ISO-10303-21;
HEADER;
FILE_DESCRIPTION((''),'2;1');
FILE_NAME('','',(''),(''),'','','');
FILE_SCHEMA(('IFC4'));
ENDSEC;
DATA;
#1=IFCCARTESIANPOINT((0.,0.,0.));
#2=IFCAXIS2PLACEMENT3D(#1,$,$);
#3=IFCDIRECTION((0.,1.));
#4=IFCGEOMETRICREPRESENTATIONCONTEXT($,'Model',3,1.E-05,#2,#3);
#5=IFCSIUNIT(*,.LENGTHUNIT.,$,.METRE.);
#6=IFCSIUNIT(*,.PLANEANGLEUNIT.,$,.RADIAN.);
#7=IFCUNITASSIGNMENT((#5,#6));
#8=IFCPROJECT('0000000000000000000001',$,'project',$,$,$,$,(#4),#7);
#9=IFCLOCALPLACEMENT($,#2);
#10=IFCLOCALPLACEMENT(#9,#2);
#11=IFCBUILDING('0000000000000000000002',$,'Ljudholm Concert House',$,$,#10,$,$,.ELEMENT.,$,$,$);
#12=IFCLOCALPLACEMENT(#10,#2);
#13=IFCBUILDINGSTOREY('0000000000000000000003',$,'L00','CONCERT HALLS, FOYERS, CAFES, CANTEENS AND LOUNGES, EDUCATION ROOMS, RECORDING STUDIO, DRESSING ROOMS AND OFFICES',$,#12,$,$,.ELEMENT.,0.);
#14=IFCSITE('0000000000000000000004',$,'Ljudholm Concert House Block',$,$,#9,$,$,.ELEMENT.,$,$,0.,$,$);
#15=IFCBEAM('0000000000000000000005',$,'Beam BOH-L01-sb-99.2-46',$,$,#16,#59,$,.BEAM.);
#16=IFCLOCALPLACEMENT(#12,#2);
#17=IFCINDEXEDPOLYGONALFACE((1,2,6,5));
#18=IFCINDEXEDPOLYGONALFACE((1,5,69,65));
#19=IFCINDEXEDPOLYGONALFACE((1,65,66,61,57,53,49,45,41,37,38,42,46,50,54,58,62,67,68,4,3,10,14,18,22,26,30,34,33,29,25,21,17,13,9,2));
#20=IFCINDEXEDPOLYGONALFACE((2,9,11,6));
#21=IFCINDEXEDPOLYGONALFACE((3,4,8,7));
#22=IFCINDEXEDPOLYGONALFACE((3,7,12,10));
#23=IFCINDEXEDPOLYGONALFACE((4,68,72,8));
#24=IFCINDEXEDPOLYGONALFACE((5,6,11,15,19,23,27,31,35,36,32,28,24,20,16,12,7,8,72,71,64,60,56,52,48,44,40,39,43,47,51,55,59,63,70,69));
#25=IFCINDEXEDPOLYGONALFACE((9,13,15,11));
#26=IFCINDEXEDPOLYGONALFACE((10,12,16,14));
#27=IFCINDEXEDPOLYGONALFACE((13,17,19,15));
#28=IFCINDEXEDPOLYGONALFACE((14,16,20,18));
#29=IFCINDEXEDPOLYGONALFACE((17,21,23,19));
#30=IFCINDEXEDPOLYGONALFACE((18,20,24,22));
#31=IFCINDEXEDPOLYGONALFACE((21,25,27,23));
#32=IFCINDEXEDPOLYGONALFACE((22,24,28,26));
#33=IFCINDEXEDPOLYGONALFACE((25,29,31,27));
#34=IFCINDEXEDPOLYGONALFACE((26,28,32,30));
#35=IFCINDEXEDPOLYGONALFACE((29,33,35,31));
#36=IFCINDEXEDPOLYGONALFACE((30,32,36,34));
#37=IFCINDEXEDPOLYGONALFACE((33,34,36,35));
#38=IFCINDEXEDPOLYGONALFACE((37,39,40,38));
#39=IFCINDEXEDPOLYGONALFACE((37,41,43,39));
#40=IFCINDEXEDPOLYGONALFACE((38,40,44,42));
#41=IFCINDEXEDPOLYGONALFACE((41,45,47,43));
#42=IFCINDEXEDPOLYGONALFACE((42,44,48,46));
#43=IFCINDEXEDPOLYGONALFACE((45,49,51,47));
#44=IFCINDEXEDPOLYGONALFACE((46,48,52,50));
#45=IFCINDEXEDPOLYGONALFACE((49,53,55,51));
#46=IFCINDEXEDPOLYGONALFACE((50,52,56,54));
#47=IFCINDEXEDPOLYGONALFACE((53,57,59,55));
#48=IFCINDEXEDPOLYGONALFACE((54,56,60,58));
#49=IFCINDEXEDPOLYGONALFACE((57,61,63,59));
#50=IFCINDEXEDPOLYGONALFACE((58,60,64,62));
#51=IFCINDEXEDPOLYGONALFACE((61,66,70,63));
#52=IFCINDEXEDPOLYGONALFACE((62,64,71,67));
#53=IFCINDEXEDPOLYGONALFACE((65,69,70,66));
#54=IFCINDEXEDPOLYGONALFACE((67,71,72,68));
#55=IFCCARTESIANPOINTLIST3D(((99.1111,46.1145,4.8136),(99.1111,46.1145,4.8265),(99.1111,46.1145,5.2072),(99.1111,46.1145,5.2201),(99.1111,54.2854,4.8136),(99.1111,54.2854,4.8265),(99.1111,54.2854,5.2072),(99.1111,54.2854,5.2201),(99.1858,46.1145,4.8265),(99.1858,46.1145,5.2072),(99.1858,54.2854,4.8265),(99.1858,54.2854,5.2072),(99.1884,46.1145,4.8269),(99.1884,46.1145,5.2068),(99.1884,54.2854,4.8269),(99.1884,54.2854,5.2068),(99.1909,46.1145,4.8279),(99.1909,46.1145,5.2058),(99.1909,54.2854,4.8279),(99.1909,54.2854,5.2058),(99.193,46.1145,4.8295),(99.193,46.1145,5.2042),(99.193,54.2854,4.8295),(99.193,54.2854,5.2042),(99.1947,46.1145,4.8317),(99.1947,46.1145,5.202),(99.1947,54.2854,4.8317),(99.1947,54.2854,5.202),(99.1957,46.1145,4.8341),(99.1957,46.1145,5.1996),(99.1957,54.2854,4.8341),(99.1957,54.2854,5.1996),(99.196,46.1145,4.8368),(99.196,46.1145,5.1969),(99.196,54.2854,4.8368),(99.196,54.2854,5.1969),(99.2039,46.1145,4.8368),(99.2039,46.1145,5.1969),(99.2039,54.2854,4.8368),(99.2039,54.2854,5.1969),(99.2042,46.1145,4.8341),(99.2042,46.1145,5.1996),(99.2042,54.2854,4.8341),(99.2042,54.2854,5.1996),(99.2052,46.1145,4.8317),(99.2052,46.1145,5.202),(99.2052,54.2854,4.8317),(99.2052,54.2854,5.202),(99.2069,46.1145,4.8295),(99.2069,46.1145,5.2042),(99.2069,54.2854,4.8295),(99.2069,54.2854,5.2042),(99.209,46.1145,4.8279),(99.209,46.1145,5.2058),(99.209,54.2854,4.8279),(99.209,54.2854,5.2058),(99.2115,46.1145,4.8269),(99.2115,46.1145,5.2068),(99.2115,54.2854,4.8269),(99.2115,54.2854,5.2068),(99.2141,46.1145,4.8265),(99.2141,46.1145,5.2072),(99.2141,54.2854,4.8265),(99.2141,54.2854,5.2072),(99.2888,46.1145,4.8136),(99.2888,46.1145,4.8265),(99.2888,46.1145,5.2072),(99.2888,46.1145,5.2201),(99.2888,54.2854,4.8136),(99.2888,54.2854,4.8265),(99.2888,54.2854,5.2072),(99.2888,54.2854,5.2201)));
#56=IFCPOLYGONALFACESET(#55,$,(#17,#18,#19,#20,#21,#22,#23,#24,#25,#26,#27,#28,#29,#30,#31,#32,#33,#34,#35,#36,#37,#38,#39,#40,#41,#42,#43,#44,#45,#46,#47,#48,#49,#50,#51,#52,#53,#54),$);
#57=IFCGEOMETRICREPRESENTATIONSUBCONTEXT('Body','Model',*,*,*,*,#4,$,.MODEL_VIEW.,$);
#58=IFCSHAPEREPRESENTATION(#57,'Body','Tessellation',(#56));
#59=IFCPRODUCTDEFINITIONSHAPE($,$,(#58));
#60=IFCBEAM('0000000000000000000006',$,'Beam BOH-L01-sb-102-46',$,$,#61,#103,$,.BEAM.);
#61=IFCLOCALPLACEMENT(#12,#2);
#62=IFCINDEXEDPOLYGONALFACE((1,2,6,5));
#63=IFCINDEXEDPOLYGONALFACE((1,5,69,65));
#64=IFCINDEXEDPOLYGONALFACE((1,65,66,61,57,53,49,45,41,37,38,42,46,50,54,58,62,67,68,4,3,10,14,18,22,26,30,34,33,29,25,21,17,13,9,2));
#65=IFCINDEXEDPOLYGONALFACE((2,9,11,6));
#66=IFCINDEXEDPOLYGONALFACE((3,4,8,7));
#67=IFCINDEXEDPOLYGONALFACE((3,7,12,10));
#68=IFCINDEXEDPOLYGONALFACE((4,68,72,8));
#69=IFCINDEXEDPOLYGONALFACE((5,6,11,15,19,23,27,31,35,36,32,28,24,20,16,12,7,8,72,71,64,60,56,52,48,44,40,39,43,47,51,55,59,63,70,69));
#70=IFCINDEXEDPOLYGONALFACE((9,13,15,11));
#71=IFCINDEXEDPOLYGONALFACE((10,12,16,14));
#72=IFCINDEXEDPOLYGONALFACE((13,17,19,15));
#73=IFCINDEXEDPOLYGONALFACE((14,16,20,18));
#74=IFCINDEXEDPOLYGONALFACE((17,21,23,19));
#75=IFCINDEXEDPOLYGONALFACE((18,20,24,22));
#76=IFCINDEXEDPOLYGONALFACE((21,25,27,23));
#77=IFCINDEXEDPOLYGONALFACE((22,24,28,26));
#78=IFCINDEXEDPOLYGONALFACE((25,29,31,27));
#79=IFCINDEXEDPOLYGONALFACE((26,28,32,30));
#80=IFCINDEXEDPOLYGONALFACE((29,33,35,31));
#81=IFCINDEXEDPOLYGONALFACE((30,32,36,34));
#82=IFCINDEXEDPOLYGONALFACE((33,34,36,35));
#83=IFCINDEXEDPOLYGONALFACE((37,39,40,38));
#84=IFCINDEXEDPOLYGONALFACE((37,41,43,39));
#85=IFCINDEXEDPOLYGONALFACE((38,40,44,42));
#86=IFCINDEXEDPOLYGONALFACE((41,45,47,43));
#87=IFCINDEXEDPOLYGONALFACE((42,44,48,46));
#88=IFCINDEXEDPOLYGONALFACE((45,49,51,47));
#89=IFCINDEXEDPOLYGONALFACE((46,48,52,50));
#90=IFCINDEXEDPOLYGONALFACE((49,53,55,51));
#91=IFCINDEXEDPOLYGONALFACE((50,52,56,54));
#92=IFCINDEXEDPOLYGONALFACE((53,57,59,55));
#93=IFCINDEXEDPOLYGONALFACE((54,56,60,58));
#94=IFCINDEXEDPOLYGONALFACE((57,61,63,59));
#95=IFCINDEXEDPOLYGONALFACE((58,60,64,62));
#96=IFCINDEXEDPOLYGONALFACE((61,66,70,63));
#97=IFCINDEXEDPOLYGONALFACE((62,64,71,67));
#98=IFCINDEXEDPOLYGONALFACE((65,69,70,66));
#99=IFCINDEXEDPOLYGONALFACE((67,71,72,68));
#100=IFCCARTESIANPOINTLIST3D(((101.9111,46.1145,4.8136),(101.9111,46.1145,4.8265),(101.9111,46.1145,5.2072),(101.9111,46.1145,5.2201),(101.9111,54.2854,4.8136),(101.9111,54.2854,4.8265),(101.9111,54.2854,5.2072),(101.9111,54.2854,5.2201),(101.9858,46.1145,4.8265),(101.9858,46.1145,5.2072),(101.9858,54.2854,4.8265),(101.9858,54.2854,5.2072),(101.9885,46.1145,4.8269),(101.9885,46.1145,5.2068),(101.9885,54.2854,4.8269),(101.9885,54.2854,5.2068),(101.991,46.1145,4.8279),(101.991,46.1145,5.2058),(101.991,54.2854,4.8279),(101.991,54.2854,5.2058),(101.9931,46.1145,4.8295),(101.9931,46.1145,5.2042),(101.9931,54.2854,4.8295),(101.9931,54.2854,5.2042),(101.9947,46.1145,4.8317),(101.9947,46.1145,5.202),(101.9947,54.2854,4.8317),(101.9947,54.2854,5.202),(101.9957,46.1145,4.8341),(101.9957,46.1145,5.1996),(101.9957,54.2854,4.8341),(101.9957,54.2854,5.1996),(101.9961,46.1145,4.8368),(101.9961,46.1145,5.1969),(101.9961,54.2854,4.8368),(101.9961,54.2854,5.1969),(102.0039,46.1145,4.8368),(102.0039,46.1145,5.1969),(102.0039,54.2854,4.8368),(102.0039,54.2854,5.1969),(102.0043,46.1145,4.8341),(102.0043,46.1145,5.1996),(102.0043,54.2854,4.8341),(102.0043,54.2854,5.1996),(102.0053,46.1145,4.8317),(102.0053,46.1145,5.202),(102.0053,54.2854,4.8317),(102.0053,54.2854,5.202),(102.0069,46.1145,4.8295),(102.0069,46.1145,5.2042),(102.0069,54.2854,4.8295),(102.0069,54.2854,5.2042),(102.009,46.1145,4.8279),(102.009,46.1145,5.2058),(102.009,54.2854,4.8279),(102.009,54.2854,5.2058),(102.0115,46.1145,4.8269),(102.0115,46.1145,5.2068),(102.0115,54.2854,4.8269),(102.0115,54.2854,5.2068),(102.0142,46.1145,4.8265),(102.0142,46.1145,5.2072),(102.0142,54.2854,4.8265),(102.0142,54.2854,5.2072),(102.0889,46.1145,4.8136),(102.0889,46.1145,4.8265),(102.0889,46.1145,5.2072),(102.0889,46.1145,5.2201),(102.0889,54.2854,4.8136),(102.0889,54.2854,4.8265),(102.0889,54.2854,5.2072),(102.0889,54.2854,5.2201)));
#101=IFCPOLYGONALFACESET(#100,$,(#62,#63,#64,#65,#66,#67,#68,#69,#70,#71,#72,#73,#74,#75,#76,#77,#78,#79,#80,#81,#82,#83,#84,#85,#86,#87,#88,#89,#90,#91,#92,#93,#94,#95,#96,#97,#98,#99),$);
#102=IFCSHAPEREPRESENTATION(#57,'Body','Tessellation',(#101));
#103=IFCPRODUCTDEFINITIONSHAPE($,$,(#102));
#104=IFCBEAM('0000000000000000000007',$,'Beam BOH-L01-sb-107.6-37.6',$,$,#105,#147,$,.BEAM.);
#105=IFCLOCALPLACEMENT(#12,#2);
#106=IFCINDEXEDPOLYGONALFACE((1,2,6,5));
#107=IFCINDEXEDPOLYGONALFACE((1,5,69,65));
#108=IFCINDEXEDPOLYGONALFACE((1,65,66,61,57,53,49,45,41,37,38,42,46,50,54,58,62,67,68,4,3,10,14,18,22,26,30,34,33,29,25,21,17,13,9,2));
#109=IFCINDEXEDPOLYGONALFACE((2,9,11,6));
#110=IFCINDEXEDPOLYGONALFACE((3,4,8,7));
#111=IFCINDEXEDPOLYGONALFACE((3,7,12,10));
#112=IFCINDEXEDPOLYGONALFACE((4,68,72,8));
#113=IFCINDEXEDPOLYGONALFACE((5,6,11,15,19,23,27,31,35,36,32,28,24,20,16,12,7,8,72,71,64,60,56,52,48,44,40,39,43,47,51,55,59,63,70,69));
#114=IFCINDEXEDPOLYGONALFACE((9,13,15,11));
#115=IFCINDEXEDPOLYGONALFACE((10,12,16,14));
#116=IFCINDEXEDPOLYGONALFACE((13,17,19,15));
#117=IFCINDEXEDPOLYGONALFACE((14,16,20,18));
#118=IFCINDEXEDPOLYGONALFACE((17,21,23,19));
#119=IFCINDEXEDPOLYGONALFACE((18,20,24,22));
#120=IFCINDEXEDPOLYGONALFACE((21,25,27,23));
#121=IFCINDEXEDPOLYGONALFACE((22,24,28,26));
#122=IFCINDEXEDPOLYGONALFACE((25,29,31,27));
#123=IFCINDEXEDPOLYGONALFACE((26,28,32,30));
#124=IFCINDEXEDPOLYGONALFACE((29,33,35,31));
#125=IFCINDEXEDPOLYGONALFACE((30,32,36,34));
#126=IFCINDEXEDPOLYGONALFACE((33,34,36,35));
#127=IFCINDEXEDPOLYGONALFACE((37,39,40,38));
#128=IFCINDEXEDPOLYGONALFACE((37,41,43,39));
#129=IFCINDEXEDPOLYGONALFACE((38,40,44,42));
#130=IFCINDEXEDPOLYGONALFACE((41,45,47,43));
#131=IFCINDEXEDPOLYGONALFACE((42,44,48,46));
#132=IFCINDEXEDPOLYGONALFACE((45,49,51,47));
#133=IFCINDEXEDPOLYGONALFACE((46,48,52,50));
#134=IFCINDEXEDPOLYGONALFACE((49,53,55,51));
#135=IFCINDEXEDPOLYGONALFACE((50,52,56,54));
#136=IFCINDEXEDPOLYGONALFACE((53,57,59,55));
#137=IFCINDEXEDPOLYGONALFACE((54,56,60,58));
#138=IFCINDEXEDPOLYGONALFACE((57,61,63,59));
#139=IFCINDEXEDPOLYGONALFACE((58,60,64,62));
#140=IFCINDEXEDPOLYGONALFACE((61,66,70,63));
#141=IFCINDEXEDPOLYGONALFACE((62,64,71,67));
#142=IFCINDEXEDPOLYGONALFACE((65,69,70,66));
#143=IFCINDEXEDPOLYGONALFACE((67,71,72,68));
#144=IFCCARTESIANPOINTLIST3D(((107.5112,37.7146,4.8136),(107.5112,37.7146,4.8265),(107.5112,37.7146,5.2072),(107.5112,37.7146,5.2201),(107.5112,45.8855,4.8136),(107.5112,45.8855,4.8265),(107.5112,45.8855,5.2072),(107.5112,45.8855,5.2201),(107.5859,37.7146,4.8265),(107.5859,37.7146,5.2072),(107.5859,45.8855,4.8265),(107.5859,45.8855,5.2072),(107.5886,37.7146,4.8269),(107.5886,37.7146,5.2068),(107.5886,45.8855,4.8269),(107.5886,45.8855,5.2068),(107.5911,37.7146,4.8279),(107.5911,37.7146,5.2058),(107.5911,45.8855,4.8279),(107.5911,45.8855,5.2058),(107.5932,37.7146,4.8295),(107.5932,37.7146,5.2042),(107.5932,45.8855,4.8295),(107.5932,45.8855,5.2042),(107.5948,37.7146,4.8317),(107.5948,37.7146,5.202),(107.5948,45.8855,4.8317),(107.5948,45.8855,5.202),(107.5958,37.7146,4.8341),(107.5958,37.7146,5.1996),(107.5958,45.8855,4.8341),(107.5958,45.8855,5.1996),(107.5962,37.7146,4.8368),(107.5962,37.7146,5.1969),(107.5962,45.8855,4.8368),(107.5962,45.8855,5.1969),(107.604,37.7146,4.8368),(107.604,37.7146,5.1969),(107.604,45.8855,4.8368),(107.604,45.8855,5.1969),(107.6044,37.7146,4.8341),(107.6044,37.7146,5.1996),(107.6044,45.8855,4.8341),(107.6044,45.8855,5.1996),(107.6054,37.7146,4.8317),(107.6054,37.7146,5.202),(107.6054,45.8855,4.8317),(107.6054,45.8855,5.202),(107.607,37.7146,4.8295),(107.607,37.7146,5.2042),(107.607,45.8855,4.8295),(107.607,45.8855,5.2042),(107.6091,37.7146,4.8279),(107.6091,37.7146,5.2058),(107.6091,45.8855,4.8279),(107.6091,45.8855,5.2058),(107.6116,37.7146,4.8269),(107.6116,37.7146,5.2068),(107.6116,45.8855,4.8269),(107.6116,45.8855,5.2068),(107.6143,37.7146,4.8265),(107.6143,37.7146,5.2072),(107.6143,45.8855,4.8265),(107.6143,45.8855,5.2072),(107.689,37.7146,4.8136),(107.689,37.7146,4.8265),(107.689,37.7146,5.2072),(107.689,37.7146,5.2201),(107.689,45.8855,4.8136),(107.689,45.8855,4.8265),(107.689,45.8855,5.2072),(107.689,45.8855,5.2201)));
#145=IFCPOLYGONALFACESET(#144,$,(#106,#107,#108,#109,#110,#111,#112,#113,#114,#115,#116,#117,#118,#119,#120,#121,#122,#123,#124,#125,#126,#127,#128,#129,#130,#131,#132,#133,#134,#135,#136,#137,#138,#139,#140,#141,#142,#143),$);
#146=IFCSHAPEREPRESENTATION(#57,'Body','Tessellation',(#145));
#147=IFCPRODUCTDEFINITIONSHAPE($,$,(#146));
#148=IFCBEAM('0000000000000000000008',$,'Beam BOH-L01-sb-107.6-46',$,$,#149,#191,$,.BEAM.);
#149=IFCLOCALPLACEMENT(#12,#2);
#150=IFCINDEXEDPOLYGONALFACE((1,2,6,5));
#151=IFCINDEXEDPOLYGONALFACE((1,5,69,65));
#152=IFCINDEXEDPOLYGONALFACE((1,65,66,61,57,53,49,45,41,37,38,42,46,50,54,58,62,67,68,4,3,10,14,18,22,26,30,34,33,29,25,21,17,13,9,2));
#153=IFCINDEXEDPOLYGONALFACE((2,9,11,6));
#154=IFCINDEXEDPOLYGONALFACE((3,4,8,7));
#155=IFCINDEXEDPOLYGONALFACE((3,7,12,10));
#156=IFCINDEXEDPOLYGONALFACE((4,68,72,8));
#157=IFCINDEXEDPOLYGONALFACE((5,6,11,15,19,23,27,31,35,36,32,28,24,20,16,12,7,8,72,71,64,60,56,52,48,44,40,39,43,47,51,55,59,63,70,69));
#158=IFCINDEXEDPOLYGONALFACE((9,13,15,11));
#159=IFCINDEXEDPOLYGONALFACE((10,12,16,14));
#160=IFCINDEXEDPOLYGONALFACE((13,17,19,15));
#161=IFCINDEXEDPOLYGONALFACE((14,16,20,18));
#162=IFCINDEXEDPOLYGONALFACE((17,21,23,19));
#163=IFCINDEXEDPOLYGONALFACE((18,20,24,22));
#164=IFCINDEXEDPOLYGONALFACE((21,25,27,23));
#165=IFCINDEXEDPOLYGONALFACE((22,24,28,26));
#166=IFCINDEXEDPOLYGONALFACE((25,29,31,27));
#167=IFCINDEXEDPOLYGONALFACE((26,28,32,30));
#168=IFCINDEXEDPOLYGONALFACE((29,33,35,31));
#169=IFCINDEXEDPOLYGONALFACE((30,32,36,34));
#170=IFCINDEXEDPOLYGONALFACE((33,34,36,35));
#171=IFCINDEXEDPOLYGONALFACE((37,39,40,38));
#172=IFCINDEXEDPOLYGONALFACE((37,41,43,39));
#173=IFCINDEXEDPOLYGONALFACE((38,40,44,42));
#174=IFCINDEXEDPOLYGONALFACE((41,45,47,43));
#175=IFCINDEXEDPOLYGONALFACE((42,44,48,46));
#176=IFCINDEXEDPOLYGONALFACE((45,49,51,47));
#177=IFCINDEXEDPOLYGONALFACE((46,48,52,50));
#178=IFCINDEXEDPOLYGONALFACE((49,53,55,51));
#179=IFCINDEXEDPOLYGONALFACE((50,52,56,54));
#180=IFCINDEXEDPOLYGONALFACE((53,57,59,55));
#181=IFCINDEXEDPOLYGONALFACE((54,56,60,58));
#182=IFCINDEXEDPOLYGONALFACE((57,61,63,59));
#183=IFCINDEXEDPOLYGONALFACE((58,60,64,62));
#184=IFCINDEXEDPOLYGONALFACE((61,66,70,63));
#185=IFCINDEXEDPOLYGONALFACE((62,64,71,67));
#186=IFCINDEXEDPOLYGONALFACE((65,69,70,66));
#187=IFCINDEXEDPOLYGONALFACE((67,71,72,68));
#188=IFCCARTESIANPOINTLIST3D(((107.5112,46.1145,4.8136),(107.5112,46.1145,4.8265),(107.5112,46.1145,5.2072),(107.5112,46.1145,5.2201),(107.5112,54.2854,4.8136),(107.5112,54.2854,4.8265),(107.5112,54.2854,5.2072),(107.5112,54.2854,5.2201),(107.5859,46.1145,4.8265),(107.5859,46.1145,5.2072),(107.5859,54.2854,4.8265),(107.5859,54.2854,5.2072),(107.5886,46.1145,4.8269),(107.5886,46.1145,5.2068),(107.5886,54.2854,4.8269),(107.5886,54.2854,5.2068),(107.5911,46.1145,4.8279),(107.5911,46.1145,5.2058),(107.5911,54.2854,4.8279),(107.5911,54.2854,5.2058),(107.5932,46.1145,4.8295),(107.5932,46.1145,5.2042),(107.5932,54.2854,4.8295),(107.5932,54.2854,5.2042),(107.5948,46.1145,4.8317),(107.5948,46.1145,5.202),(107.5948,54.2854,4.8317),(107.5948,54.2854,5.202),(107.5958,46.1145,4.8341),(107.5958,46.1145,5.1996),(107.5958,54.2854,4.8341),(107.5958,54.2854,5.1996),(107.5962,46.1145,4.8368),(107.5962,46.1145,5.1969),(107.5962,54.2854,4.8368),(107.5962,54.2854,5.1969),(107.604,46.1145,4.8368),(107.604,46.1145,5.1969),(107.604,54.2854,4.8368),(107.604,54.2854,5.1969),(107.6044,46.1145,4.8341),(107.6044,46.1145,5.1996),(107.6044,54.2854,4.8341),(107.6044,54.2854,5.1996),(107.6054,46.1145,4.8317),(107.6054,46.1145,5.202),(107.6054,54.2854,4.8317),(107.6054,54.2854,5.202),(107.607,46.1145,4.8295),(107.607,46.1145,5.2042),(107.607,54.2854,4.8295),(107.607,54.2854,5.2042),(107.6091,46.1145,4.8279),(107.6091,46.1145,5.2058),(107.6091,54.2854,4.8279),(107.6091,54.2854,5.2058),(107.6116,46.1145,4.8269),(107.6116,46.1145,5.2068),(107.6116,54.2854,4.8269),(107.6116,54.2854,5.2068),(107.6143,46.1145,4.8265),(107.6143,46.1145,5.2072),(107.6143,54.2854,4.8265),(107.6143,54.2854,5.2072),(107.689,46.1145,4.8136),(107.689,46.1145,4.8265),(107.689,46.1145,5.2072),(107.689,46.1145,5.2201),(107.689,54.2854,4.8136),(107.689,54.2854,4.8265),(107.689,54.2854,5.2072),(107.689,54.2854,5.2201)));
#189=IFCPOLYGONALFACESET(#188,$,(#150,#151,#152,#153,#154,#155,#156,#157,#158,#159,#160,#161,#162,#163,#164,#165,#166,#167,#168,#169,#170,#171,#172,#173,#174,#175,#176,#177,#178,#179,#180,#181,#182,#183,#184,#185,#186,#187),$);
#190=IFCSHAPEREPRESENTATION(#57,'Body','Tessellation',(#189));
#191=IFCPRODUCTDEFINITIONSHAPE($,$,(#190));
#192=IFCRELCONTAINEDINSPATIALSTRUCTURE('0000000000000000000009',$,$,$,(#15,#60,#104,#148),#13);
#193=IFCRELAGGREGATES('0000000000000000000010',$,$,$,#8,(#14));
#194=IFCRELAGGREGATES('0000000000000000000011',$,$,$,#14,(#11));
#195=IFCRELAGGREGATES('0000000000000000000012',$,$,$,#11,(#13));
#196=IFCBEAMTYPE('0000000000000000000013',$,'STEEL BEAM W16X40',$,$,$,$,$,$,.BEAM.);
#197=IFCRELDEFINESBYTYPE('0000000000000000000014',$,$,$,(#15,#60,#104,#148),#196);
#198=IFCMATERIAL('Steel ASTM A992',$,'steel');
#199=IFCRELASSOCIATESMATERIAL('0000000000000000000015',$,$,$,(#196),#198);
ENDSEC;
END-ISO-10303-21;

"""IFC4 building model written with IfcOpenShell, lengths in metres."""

from ifc_helpers import new_model, si_unit, direction, frame, origin, origin_2d, place, context, subcontext, project, spatial, i_section, extrude, material, material_profile, profile_set, type_object, element, save


model = new_model("IFC4")

# Units and contexts
model_context = context("Model", 3, precision=1e-05, world=origin(), true_north=direction((0.0, 1.0)))
body_context = subcontext(model_context, "Body", "Model", "MODEL_VIEW")
ifc_project = project(units=[si_unit("LENGTHUNIT", "METRE"), si_unit("PLANEANGLEUNIT", "RADIAN")], contexts=[model_context])

# Site, building, storey
site_placement = place(None, origin())
site = spatial("IfcSite", under=ifc_project, at=site_placement, Name="Ljudholm Concert House Block", CompositionType="ELEMENT", RefElevation=0.0)
building_placement = place(site_placement, origin())
building = spatial("IfcBuilding", under=site, at=building_placement, Name="Ljudholm Concert House", CompositionType="ELEMENT")
storey_placement = place(building_placement, origin())
storey = spatial("IfcBuildingStorey", under=building, at=storey_placement, Name="L00", Description="CONCERT HALLS, FOYERS, CAFES, CANTEENS AND LOUNGES, EDUCATION ROOMS, RECORDING STUDIO, DRESSING ROOMS AND OFFICES", CompositionType="ELEMENT", Elevation=0.0)

# Beams
ifc_material_1 = material(Name="Steel ASTM A992", Category="steel")
ifc_material_profile_1 = material_profile(ifc_material_1, i_section(OverallWidth=0.1777, OverallDepth=0.4065, WebThickness=0.0078, FlangeThickness=0.0129, FilletRadius=0.0103, at=origin_2d()), Name="W16X40")
ifc_profile_set_1 = profile_set([ifc_material_profile_1], Name="Steel ASTM A992")
beam_type_1 = type_object("IfcBeamType", Name="STEEL BEAM W16X40", PredefinedType="BEAM", material=ifc_profile_set_1)
for number, where, z_axis, x_axis, name in (
    (1, (99.2, 46.1145, 5.0168), (0.0, 1.0, 0.0), (-1.0, 0.0, 0.0), "Beam BOH-L01-sb-99.2-46"),
    (2, (102.0, 46.1145, 5.0168), (0.0, 1.0, 0.0), (-1.0, 0.0, 0.0), "Beam BOH-L01-sb-102-46"),
    (3, (107.6001, 37.7146, 5.0168), (0.0, 1.0, 0.0), (-1.0, 0.0, 0.0), "Beam BOH-L01-sb-107.6-37.6"),
    (4, (107.6001, 46.1145, 5.0168), (0.0, 1.0, 0.0), (-1.0, 0.0, 0.0), "Beam BOH-L01-sb-107.6-46"),
):
    element("IfcBeam", number, at=place(storey_placement, frame(where, z_axis=z_axis, x_axis=x_axis)), inside=storey, type_object=beam_type_1, Name=name, PredefinedType="BEAM", context=body_context, shape_type="SweptSolid", body=[
        extrude(i_section(OverallWidth=0.1777, OverallDepth=0.4065, WebThickness=0.0078, FlangeThickness=0.0129, FilletRadius=0.0103, at=origin_2d()), origin(), (0.0, 0.0, 1.0), 8.1709),
    ])

save(model, "model.ifc")
